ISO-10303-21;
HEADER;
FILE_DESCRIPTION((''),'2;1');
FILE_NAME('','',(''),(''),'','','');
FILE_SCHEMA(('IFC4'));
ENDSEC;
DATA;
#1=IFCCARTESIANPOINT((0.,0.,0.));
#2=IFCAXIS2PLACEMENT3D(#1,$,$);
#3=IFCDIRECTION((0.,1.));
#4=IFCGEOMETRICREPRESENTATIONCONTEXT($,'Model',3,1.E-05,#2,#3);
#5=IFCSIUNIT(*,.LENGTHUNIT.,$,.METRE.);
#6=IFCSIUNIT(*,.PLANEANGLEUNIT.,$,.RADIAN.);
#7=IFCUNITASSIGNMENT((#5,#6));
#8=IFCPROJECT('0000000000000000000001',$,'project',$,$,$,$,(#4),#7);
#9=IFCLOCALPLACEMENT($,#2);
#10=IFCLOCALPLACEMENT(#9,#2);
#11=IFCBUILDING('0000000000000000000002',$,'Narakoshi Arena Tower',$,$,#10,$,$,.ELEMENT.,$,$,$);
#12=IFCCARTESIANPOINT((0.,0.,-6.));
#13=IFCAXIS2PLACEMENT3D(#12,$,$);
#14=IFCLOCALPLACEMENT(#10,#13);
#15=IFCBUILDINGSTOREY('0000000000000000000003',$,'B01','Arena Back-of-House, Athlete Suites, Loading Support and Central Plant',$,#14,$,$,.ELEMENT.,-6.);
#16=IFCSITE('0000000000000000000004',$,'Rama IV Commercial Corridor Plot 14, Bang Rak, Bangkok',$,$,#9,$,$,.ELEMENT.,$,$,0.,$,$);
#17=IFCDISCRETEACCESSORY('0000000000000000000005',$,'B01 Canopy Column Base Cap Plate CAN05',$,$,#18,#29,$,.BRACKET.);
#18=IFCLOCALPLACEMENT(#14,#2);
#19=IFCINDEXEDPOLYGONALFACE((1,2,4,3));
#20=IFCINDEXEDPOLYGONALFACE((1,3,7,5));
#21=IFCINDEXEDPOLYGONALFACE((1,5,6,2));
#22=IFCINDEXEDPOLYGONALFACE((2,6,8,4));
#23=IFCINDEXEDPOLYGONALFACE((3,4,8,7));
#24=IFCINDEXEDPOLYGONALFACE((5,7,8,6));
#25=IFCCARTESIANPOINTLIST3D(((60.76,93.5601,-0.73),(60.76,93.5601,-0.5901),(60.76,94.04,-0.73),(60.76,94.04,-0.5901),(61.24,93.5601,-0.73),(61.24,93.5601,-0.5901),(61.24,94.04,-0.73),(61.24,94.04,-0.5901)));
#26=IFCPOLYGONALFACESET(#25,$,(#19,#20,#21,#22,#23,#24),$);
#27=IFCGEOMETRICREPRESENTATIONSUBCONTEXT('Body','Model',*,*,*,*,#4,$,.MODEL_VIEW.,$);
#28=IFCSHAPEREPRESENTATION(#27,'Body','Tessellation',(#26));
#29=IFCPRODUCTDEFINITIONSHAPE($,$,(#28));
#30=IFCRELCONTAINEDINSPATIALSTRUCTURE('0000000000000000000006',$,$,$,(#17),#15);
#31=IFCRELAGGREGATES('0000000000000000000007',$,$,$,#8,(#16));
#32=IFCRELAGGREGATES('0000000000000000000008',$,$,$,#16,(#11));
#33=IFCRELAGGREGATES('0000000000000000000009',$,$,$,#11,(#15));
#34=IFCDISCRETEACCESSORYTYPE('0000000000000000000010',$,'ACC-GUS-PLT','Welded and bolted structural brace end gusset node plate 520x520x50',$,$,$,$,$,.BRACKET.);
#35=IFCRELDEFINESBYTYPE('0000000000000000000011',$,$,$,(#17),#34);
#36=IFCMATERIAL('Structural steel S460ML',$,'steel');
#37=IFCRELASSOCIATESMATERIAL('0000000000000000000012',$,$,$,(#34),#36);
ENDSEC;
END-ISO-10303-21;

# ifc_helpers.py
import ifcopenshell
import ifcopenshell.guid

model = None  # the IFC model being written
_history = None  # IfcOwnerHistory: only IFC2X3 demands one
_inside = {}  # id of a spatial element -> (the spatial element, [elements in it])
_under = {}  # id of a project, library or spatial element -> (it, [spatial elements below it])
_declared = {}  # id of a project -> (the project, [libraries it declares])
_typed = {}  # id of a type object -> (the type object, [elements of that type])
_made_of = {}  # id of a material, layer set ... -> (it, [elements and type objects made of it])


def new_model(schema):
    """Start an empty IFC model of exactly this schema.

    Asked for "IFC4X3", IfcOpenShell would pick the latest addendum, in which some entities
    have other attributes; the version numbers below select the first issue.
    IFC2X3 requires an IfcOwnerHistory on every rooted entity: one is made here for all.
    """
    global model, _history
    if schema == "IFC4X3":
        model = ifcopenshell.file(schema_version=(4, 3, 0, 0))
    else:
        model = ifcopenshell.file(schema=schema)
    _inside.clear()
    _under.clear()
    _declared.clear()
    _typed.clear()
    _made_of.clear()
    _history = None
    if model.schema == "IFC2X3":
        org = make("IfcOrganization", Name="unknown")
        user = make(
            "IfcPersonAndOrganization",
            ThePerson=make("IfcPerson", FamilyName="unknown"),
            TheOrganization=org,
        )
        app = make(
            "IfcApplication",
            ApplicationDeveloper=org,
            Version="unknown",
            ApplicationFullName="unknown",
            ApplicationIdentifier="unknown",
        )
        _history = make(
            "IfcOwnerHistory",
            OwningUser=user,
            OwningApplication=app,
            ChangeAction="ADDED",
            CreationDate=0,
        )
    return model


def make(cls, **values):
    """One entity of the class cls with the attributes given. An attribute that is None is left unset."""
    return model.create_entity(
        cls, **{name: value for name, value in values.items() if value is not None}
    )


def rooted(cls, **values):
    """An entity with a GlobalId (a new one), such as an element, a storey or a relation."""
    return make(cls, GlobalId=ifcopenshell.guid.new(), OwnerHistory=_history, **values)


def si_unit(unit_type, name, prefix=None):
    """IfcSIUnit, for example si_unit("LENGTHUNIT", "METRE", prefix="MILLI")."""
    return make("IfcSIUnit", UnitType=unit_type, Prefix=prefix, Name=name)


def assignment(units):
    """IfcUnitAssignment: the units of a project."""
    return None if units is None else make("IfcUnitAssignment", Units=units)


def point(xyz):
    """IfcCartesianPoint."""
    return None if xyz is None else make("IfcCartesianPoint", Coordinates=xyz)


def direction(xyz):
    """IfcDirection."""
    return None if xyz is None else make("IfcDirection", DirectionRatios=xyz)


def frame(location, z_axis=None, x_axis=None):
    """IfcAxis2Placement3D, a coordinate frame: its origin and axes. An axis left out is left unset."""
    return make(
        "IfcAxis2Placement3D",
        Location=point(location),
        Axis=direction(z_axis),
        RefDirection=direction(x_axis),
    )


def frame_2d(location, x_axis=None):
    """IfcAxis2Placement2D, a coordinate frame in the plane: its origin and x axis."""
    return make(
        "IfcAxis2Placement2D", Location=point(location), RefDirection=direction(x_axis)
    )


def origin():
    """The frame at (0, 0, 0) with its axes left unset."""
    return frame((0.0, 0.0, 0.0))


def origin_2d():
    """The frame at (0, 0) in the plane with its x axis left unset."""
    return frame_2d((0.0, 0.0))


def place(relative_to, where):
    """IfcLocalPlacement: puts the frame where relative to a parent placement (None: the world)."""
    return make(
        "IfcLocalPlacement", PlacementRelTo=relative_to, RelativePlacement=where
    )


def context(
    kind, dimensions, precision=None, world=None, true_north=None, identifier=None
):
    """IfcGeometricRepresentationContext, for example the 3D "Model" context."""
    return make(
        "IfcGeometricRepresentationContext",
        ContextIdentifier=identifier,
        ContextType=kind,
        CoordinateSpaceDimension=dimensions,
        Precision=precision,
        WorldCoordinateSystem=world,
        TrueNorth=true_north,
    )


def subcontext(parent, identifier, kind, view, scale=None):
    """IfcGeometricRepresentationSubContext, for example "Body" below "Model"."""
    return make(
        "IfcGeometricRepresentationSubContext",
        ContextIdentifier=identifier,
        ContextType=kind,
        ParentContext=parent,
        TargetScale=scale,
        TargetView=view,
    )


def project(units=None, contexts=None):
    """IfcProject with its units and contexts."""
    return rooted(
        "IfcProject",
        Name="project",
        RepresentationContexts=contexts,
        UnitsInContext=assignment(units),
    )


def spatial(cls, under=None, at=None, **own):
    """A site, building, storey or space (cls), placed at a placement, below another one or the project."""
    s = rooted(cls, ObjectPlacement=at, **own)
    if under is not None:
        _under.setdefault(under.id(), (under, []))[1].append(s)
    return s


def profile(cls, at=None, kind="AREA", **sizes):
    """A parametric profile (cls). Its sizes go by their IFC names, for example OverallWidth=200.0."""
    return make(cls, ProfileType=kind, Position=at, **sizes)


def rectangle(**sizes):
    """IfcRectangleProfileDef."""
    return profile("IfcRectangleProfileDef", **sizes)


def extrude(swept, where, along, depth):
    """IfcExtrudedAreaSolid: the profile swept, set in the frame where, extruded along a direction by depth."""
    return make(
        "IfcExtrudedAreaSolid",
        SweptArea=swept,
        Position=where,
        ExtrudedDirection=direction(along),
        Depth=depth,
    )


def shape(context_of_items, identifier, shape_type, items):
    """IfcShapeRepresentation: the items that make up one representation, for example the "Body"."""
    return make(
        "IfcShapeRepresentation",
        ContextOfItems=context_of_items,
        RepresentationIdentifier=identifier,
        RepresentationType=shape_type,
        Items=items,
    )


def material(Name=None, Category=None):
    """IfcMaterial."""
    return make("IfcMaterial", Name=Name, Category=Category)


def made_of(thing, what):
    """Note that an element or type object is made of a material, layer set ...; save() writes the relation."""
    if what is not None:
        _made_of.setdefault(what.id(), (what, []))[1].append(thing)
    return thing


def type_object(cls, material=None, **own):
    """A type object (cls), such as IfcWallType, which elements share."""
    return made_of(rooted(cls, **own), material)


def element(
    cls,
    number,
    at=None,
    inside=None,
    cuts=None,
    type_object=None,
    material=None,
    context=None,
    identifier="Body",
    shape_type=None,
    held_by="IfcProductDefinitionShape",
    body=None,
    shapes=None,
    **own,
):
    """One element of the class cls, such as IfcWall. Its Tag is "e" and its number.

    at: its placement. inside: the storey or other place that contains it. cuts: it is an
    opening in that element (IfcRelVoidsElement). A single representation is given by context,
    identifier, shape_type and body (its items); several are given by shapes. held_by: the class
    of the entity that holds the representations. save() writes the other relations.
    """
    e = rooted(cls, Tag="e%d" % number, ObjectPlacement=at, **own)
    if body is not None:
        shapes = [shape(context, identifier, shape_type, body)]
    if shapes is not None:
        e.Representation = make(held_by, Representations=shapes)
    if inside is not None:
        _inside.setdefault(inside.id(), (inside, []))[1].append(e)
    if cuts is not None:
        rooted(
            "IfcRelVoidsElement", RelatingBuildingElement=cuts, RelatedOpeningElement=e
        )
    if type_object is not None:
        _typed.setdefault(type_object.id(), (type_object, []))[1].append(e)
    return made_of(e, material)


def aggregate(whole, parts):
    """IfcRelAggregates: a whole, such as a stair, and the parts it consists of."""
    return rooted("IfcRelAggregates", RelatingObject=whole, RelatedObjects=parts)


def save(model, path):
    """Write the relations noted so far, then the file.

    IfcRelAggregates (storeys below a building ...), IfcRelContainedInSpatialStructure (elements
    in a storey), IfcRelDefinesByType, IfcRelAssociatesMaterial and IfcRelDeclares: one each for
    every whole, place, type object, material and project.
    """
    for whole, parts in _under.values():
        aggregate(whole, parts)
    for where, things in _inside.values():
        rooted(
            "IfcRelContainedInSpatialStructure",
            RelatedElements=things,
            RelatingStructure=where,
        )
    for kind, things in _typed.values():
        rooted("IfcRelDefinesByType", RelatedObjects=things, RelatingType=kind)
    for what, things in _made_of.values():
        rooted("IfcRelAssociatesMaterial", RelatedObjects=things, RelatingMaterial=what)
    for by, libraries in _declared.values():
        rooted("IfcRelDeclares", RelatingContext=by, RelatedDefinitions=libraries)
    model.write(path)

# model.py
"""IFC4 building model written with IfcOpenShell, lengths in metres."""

from ifc_helpers import new_model, si_unit, direction, frame, origin, origin_2d, place, context, subcontext, project, spatial, rectangle, extrude, material, type_object, element, save


model = new_model("IFC4")

# Units and contexts
model_context = context("Model", 3, precision=1e-05, world=origin(), true_north=direction((0.0, 1.0)))
body_context = subcontext(model_context, "Body", "Model", "MODEL_VIEW")
ifc_project = project(units=[si_unit("LENGTHUNIT", "METRE"), si_unit("PLANEANGLEUNIT", "RADIAN")], contexts=[model_context])

# Site, building, storey
site_placement = place(None, origin())
site = spatial("IfcSite", under=ifc_project, at=site_placement, Name="Rama IV Commercial Corridor Plot 14, Bang Rak, Bangkok", CompositionType="ELEMENT", RefElevation=0.0)
building_placement = place(site_placement, origin())
building = spatial("IfcBuilding", under=site, at=building_placement, Name="Narakoshi Arena Tower", CompositionType="ELEMENT")
storey_placement = place(building_placement, frame((0.0, 0.0, -6.0)))
storey = spatial("IfcBuildingStorey", under=building, at=storey_placement, Name="B01", Description="Arena Back-of-House, Athlete Suites, Loading Support and Central Plant", CompositionType="ELEMENT", Elevation=-6.0)

# Discrete accessory
ifc_material_1 = material(Name="Structural steel S460ML", Category="steel")
discrete_accessory_type = type_object("IfcDiscreteAccessoryType", Name="ACC-GUS-PLT", Description="Welded and bolted structural brace end gusset node plate 520x520x50", PredefinedType="BRACKET", material=ifc_material_1)
for number, where, z_axis, x_axis, name in (
    (1, (61.0, 93.8, -0.73), (0.0, 0.0, 1.0), (1.0, 0.0, 0.0), "B01 Canopy Column Base Cap Plate CAN05"),
):
    element("IfcDiscreteAccessory", number, at=place(storey_placement, frame(where, z_axis=z_axis, x_axis=x_axis)), inside=storey, type_object=discrete_accessory_type, Name=name, PredefinedType="BRACKET", context=body_context, shape_type="SweptSolid", body=[
        extrude(rectangle(XDim=0.48, YDim=0.48, at=origin_2d()), origin(), (0.0, 0.0, 1.0), 0.1399),
    ])

save(model, "model.ifc")
